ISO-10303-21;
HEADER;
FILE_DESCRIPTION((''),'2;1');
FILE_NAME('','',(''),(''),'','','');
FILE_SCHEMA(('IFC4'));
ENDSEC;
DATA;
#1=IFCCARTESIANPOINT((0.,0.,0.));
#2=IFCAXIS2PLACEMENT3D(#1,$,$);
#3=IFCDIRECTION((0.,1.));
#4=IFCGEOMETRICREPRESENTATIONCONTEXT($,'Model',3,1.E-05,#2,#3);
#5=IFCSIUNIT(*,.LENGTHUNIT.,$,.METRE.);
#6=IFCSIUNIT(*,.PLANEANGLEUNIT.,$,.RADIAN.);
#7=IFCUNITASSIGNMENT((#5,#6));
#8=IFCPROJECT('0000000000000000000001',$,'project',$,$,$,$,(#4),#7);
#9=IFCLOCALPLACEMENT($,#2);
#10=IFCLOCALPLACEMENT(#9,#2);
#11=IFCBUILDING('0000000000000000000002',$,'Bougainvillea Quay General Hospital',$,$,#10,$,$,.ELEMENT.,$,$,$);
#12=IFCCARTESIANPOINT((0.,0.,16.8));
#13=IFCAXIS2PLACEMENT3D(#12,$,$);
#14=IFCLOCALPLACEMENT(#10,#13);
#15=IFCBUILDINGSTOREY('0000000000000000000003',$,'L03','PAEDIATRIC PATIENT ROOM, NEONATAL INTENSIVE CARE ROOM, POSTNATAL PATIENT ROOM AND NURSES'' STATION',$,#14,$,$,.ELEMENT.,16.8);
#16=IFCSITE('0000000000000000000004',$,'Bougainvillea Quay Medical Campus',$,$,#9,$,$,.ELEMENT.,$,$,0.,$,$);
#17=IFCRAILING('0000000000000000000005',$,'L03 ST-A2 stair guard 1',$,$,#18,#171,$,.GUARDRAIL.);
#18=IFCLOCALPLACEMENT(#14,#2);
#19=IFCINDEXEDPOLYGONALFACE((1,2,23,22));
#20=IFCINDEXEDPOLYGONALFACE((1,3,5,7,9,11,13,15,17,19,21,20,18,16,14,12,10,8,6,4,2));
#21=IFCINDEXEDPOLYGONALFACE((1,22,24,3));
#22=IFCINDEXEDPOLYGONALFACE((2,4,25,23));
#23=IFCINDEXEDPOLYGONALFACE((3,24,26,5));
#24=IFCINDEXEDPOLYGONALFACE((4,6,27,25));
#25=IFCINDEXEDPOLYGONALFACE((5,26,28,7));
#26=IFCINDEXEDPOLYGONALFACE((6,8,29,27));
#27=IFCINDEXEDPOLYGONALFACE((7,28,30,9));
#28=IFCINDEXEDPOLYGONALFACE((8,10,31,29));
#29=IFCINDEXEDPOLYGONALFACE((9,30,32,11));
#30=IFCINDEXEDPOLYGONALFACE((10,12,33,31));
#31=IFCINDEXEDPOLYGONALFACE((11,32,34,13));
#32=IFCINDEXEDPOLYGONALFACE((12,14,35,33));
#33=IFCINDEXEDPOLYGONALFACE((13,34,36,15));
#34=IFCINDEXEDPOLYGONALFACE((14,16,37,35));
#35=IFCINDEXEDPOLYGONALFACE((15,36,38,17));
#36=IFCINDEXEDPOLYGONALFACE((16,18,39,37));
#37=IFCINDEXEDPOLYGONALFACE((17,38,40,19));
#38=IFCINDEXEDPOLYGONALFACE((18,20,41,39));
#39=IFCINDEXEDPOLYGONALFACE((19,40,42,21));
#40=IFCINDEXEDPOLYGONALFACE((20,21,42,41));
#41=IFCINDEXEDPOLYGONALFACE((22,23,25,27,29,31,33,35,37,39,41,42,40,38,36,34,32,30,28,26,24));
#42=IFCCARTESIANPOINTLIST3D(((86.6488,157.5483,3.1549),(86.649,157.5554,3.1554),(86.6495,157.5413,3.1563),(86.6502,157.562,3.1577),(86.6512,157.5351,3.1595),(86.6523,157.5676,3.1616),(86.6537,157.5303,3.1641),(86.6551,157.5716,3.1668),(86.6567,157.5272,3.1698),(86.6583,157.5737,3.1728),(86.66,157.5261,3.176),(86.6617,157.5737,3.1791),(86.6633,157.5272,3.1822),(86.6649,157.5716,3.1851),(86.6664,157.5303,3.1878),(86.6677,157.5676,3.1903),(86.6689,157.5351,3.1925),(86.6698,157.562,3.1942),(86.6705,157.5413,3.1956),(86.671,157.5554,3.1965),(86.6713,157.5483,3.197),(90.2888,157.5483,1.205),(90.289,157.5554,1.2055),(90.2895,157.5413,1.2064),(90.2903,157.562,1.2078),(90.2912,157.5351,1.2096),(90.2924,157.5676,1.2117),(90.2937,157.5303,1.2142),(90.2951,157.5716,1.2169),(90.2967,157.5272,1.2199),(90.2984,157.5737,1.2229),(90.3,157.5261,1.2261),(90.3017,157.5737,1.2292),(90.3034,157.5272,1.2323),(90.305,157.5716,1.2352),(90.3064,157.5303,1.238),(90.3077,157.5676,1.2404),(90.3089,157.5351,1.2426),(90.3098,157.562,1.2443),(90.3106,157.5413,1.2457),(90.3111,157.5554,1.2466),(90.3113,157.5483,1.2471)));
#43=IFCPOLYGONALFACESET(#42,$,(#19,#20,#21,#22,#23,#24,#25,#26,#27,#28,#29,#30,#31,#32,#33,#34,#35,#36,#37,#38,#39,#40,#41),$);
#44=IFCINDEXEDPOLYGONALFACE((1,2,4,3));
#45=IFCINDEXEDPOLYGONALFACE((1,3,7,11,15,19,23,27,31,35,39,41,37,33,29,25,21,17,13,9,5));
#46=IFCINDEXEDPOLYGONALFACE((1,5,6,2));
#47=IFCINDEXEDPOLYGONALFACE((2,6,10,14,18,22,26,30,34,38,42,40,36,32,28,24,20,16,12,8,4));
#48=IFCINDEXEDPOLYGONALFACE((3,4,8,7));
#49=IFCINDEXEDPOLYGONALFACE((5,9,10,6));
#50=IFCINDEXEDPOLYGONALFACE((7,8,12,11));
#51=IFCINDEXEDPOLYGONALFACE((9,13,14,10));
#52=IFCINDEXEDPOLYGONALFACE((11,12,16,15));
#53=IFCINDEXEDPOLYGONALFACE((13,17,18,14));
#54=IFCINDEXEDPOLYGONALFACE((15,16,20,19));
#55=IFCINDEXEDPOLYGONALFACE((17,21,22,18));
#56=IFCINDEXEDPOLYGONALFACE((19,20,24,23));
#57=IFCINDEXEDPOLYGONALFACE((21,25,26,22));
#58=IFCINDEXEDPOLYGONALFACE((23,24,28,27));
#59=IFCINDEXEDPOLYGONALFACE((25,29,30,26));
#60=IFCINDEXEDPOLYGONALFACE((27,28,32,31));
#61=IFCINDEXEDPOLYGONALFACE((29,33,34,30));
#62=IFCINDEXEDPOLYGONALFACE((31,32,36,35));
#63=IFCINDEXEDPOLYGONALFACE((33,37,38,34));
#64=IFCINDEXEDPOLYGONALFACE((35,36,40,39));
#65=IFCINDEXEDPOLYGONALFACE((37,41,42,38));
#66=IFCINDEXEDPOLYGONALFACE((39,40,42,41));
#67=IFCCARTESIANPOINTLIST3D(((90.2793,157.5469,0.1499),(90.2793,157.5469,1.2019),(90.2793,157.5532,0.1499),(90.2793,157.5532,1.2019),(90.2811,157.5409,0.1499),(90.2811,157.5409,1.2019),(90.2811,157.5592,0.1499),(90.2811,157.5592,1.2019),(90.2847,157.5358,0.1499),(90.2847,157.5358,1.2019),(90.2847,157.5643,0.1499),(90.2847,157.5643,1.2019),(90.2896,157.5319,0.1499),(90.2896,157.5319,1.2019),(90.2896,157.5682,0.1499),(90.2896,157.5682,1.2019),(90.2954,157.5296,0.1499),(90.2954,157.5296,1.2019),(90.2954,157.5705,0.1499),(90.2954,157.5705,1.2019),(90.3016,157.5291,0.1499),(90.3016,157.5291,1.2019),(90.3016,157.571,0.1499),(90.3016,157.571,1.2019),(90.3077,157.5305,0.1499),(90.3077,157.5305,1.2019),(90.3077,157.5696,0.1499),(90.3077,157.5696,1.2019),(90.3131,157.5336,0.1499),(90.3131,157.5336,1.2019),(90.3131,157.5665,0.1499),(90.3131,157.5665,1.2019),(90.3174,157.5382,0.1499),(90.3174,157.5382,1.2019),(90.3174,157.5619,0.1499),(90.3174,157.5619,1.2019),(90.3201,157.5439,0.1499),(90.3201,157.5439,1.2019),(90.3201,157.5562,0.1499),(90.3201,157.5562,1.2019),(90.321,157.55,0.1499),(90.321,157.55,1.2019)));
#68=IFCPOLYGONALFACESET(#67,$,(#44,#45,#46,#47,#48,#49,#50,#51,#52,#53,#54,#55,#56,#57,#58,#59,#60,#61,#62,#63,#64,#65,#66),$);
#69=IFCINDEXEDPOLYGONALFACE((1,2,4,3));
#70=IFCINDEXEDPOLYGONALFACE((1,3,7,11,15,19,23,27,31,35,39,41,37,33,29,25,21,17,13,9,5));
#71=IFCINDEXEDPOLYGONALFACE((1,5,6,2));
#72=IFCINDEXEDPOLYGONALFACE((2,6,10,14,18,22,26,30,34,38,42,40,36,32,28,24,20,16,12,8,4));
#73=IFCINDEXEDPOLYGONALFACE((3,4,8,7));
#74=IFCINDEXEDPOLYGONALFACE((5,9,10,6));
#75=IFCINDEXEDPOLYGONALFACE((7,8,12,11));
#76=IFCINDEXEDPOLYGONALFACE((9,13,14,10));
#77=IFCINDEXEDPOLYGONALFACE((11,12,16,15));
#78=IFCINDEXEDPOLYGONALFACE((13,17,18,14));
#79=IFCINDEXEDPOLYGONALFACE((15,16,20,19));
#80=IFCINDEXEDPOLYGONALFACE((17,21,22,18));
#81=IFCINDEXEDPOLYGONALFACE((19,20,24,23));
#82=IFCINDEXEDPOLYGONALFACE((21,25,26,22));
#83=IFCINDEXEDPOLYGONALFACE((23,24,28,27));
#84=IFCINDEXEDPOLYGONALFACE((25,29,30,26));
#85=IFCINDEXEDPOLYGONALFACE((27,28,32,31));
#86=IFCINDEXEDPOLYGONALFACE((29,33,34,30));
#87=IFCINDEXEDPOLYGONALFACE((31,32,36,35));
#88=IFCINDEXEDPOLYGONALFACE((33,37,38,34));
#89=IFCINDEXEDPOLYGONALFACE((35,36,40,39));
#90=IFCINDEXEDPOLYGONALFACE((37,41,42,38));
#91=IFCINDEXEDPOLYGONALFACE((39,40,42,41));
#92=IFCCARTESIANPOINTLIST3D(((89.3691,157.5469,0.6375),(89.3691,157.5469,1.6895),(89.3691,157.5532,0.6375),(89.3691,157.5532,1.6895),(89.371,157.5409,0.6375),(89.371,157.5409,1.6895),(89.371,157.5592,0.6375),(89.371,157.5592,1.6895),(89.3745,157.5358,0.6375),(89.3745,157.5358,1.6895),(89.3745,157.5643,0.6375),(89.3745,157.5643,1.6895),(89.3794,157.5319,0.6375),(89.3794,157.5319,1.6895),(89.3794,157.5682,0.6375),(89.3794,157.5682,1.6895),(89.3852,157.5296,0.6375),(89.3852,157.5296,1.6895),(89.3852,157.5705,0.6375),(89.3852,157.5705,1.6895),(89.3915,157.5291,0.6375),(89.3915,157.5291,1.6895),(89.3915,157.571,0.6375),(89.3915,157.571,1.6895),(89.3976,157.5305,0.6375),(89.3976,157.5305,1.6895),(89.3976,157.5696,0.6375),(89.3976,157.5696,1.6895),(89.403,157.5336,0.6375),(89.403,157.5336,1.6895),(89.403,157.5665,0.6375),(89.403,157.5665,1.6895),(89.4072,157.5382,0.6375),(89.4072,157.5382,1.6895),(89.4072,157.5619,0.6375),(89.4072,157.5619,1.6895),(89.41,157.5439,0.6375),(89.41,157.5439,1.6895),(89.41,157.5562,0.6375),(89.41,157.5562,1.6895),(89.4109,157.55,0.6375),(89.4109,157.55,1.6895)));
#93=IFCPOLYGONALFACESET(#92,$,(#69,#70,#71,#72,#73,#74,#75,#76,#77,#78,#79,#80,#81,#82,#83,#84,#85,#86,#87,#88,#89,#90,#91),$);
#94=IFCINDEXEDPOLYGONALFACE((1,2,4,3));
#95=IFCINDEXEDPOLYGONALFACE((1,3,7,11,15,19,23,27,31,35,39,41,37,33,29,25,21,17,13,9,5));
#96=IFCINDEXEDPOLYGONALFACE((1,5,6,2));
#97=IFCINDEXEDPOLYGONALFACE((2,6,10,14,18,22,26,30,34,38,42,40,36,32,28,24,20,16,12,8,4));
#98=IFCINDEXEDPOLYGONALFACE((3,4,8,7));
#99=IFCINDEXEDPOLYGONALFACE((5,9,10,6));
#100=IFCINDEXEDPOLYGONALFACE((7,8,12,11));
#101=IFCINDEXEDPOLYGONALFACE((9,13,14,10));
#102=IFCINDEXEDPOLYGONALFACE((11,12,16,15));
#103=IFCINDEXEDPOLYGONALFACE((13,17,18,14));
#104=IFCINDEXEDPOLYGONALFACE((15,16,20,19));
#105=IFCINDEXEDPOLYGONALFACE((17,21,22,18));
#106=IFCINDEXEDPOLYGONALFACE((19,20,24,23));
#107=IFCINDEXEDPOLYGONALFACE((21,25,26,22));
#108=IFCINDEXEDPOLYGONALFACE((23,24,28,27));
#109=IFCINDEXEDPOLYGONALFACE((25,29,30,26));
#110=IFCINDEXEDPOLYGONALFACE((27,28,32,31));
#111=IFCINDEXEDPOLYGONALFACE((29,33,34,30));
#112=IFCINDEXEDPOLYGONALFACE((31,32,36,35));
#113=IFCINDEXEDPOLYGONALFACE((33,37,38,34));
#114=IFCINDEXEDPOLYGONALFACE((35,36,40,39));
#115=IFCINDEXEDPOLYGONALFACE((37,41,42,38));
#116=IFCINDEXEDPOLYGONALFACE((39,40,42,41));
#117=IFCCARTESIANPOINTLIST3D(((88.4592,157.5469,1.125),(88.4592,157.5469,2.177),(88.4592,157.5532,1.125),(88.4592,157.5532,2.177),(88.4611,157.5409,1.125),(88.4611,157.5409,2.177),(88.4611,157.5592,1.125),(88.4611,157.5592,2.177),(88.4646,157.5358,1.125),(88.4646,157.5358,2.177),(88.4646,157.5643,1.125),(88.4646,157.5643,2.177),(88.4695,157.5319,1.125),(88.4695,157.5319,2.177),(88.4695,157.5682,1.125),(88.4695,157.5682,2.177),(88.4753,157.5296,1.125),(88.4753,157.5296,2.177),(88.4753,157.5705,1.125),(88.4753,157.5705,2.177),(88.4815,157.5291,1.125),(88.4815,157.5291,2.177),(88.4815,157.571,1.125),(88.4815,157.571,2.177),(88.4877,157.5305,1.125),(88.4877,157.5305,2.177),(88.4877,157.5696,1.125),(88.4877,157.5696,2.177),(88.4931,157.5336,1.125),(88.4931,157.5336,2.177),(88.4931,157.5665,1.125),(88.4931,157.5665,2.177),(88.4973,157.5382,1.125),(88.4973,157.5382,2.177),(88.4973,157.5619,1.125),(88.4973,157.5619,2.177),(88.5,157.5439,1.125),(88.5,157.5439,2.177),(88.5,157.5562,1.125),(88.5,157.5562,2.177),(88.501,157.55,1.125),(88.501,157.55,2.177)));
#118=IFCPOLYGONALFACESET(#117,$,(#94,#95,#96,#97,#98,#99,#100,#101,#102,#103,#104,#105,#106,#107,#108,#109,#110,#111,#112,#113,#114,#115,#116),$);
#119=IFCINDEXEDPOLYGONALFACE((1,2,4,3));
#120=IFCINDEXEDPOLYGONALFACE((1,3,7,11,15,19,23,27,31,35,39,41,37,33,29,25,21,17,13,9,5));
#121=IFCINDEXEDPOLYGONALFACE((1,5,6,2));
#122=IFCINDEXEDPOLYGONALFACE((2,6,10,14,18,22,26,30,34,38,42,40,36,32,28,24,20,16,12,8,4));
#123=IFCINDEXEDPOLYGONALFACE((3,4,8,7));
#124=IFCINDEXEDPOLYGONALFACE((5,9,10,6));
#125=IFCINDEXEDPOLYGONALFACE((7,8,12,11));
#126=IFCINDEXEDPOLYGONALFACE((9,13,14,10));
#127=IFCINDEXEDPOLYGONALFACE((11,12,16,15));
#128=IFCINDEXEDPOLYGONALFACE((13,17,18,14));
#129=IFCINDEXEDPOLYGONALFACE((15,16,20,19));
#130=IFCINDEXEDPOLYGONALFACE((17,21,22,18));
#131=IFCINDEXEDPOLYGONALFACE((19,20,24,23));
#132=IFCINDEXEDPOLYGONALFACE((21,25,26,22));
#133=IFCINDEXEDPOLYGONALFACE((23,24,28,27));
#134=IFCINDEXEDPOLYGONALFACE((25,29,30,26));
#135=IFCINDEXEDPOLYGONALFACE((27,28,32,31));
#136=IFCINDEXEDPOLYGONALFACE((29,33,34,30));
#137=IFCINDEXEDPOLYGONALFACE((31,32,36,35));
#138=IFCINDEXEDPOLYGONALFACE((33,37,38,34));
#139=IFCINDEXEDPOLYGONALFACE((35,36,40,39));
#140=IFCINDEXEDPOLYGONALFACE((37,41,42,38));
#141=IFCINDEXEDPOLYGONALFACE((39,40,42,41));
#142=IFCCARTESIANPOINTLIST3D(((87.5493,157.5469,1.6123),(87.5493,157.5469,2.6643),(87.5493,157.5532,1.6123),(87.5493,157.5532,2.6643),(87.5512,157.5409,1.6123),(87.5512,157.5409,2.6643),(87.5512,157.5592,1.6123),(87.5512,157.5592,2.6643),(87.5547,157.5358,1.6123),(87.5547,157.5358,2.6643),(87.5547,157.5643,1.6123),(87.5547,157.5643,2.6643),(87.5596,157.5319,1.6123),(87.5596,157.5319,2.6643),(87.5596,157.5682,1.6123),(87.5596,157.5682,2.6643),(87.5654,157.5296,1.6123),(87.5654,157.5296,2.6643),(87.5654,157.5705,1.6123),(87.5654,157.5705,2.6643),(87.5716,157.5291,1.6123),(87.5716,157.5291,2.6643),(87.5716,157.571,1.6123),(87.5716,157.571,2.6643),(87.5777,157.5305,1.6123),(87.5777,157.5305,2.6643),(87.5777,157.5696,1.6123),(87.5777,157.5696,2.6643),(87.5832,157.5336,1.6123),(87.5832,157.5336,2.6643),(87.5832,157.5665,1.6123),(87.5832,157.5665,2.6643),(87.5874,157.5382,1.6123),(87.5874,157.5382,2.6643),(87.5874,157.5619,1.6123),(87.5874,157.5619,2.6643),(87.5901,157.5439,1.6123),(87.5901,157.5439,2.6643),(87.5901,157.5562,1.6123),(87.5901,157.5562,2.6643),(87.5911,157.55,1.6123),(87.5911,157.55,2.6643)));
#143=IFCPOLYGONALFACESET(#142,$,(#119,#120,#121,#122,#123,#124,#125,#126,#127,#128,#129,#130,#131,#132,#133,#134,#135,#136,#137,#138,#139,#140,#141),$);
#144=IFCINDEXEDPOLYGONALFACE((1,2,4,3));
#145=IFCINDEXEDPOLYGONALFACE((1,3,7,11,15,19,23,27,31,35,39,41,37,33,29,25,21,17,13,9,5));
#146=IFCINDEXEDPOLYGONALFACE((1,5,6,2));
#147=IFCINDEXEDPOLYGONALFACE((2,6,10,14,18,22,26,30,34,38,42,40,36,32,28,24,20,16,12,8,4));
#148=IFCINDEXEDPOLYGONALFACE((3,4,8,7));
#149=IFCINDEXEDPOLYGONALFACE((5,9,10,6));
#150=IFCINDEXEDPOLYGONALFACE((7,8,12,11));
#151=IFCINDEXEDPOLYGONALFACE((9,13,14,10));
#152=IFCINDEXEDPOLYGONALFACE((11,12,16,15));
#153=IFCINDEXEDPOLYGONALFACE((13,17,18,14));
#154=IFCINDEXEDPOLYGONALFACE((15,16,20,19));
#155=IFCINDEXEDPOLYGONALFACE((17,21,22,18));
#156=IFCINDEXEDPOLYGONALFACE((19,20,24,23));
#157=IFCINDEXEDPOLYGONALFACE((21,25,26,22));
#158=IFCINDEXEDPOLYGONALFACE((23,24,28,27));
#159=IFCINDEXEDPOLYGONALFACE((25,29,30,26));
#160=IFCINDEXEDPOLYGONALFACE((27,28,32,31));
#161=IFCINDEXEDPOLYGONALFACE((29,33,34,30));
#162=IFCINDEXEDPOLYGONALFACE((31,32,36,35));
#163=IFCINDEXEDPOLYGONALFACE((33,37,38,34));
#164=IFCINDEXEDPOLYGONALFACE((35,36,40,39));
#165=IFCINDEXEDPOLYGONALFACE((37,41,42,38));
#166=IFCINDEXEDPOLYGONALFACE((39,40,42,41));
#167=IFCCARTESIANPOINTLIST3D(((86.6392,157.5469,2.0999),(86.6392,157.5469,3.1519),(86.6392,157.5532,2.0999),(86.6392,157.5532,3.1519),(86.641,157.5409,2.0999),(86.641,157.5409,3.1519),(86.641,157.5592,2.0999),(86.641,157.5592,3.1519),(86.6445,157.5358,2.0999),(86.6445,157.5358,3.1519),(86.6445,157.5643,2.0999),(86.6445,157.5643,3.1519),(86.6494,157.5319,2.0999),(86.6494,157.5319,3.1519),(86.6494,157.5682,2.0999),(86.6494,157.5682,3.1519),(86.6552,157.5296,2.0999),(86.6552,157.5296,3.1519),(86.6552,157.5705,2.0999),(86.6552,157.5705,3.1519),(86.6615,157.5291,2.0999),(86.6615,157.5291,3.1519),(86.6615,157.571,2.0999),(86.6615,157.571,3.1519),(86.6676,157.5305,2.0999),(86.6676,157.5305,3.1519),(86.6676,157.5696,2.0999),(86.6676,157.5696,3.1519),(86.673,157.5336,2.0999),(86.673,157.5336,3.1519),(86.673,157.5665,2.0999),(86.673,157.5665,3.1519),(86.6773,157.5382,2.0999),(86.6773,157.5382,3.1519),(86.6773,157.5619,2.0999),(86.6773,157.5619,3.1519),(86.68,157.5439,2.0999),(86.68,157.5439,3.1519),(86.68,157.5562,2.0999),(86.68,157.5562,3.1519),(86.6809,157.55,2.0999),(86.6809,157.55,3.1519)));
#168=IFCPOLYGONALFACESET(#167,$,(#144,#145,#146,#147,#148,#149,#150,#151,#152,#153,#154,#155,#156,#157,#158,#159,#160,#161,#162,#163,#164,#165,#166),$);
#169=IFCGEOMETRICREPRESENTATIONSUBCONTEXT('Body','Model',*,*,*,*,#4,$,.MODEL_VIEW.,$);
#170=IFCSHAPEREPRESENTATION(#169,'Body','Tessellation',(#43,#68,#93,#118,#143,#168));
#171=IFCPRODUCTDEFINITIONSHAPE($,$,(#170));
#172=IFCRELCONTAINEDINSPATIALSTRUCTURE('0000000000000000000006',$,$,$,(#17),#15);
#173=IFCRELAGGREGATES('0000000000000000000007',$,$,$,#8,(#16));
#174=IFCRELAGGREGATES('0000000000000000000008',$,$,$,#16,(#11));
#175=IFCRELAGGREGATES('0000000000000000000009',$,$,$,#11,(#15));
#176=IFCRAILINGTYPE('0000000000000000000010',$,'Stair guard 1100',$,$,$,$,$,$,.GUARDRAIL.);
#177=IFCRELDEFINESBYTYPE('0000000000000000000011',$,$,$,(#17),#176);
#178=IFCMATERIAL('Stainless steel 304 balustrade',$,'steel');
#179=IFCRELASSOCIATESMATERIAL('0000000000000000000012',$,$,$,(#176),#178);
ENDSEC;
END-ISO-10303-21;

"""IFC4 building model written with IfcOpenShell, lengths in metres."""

from ifc_helpers import new_model, si_unit, direction, frame, origin, origin_2d, place, context, subcontext, project, spatial, circle, extrude, material, type_object, element, save


model = new_model("IFC4")

# Units and contexts
model_context = context("Model", 3, precision=1e-05, world=origin(), true_north=direction((0.0, 1.0)))
body_context = subcontext(model_context, "Body", "Model", "MODEL_VIEW")
ifc_project = project(units=[si_unit("LENGTHUNIT", "METRE"), si_unit("PLANEANGLEUNIT", "RADIAN")], contexts=[model_context])

# Site, building, storey
site_placement = place(None, origin())
site = spatial("IfcSite", under=ifc_project, at=site_placement, Name="Bougainvillea Quay Medical Campus", CompositionType="ELEMENT", RefElevation=0.0)
building_placement = place(site_placement, origin())
building = spatial("IfcBuilding", under=site, at=building_placement, Name="Bougainvillea Quay General Hospital", CompositionType="ELEMENT")
storey_placement = place(building_placement, frame((0.0, 0.0, 16.8)))
storey = spatial("IfcBuildingStorey", under=building, at=storey_placement, Name="L03", Description="PAEDIATRIC PATIENT ROOM, NEONATAL INTENSIVE CARE ROOM, POSTNATAL PATIENT ROOM AND NURSES' STATION", CompositionType="ELEMENT", Elevation=16.8)

# Railing
ifc_material_1 = material(Name="Stainless steel 304 balustrade", Category="steel")
railing_type_1 = type_object("IfcRailingType", Name="Stair guard 1100", PredefinedType="GUARDRAIL", material=ifc_material_1)
railing_1_placement = place(storey_placement, frame((90.3, 157.55, 0.1499)))
element("IfcRailing", 1, at=railing_1_placement, inside=storey, type_object=railing_type_1, Name="L03 ST-A2 stair guard 1", PredefinedType="GUARDRAIL", context=body_context, shape_type="SweptSolid", body=[
    extrude(circle(Radius=0.0239, at=origin_2d()), frame((0.0, 0.0, 1.0762), z_axis=(-0.881492, 0.0, 0.472198), x_axis=(0.0, -1.0, 0.0)), (0.0, 0.0, 1.0), 4.1294),
    extrude(circle(Radius=0.021, at=origin_2d()), origin(), (0.0, 0.0, 1.0), 1.052),
    extrude(circle(Radius=0.021, at=origin_2d()), frame((-0.9102, 0.0, 0.4875)), (0.0, 0.0, 1.0), 1.052),
    extrude(circle(Radius=0.021, at=origin_2d()), frame((-1.8201, 0.0, 0.9751)), (0.0, 0.0, 1.0), 1.052),
    extrude(circle(Radius=0.021, at=origin_2d()), frame((-2.73, 0.0, 1.4624)), (0.0, 0.0, 1.0), 1.052),
    extrude(circle(Radius=0.021, at=origin_2d()), frame((-3.6401, 0.0, 1.95)), (0.0, 0.0, 1.0), 1.052),
])

save(model, "model.ifc")
